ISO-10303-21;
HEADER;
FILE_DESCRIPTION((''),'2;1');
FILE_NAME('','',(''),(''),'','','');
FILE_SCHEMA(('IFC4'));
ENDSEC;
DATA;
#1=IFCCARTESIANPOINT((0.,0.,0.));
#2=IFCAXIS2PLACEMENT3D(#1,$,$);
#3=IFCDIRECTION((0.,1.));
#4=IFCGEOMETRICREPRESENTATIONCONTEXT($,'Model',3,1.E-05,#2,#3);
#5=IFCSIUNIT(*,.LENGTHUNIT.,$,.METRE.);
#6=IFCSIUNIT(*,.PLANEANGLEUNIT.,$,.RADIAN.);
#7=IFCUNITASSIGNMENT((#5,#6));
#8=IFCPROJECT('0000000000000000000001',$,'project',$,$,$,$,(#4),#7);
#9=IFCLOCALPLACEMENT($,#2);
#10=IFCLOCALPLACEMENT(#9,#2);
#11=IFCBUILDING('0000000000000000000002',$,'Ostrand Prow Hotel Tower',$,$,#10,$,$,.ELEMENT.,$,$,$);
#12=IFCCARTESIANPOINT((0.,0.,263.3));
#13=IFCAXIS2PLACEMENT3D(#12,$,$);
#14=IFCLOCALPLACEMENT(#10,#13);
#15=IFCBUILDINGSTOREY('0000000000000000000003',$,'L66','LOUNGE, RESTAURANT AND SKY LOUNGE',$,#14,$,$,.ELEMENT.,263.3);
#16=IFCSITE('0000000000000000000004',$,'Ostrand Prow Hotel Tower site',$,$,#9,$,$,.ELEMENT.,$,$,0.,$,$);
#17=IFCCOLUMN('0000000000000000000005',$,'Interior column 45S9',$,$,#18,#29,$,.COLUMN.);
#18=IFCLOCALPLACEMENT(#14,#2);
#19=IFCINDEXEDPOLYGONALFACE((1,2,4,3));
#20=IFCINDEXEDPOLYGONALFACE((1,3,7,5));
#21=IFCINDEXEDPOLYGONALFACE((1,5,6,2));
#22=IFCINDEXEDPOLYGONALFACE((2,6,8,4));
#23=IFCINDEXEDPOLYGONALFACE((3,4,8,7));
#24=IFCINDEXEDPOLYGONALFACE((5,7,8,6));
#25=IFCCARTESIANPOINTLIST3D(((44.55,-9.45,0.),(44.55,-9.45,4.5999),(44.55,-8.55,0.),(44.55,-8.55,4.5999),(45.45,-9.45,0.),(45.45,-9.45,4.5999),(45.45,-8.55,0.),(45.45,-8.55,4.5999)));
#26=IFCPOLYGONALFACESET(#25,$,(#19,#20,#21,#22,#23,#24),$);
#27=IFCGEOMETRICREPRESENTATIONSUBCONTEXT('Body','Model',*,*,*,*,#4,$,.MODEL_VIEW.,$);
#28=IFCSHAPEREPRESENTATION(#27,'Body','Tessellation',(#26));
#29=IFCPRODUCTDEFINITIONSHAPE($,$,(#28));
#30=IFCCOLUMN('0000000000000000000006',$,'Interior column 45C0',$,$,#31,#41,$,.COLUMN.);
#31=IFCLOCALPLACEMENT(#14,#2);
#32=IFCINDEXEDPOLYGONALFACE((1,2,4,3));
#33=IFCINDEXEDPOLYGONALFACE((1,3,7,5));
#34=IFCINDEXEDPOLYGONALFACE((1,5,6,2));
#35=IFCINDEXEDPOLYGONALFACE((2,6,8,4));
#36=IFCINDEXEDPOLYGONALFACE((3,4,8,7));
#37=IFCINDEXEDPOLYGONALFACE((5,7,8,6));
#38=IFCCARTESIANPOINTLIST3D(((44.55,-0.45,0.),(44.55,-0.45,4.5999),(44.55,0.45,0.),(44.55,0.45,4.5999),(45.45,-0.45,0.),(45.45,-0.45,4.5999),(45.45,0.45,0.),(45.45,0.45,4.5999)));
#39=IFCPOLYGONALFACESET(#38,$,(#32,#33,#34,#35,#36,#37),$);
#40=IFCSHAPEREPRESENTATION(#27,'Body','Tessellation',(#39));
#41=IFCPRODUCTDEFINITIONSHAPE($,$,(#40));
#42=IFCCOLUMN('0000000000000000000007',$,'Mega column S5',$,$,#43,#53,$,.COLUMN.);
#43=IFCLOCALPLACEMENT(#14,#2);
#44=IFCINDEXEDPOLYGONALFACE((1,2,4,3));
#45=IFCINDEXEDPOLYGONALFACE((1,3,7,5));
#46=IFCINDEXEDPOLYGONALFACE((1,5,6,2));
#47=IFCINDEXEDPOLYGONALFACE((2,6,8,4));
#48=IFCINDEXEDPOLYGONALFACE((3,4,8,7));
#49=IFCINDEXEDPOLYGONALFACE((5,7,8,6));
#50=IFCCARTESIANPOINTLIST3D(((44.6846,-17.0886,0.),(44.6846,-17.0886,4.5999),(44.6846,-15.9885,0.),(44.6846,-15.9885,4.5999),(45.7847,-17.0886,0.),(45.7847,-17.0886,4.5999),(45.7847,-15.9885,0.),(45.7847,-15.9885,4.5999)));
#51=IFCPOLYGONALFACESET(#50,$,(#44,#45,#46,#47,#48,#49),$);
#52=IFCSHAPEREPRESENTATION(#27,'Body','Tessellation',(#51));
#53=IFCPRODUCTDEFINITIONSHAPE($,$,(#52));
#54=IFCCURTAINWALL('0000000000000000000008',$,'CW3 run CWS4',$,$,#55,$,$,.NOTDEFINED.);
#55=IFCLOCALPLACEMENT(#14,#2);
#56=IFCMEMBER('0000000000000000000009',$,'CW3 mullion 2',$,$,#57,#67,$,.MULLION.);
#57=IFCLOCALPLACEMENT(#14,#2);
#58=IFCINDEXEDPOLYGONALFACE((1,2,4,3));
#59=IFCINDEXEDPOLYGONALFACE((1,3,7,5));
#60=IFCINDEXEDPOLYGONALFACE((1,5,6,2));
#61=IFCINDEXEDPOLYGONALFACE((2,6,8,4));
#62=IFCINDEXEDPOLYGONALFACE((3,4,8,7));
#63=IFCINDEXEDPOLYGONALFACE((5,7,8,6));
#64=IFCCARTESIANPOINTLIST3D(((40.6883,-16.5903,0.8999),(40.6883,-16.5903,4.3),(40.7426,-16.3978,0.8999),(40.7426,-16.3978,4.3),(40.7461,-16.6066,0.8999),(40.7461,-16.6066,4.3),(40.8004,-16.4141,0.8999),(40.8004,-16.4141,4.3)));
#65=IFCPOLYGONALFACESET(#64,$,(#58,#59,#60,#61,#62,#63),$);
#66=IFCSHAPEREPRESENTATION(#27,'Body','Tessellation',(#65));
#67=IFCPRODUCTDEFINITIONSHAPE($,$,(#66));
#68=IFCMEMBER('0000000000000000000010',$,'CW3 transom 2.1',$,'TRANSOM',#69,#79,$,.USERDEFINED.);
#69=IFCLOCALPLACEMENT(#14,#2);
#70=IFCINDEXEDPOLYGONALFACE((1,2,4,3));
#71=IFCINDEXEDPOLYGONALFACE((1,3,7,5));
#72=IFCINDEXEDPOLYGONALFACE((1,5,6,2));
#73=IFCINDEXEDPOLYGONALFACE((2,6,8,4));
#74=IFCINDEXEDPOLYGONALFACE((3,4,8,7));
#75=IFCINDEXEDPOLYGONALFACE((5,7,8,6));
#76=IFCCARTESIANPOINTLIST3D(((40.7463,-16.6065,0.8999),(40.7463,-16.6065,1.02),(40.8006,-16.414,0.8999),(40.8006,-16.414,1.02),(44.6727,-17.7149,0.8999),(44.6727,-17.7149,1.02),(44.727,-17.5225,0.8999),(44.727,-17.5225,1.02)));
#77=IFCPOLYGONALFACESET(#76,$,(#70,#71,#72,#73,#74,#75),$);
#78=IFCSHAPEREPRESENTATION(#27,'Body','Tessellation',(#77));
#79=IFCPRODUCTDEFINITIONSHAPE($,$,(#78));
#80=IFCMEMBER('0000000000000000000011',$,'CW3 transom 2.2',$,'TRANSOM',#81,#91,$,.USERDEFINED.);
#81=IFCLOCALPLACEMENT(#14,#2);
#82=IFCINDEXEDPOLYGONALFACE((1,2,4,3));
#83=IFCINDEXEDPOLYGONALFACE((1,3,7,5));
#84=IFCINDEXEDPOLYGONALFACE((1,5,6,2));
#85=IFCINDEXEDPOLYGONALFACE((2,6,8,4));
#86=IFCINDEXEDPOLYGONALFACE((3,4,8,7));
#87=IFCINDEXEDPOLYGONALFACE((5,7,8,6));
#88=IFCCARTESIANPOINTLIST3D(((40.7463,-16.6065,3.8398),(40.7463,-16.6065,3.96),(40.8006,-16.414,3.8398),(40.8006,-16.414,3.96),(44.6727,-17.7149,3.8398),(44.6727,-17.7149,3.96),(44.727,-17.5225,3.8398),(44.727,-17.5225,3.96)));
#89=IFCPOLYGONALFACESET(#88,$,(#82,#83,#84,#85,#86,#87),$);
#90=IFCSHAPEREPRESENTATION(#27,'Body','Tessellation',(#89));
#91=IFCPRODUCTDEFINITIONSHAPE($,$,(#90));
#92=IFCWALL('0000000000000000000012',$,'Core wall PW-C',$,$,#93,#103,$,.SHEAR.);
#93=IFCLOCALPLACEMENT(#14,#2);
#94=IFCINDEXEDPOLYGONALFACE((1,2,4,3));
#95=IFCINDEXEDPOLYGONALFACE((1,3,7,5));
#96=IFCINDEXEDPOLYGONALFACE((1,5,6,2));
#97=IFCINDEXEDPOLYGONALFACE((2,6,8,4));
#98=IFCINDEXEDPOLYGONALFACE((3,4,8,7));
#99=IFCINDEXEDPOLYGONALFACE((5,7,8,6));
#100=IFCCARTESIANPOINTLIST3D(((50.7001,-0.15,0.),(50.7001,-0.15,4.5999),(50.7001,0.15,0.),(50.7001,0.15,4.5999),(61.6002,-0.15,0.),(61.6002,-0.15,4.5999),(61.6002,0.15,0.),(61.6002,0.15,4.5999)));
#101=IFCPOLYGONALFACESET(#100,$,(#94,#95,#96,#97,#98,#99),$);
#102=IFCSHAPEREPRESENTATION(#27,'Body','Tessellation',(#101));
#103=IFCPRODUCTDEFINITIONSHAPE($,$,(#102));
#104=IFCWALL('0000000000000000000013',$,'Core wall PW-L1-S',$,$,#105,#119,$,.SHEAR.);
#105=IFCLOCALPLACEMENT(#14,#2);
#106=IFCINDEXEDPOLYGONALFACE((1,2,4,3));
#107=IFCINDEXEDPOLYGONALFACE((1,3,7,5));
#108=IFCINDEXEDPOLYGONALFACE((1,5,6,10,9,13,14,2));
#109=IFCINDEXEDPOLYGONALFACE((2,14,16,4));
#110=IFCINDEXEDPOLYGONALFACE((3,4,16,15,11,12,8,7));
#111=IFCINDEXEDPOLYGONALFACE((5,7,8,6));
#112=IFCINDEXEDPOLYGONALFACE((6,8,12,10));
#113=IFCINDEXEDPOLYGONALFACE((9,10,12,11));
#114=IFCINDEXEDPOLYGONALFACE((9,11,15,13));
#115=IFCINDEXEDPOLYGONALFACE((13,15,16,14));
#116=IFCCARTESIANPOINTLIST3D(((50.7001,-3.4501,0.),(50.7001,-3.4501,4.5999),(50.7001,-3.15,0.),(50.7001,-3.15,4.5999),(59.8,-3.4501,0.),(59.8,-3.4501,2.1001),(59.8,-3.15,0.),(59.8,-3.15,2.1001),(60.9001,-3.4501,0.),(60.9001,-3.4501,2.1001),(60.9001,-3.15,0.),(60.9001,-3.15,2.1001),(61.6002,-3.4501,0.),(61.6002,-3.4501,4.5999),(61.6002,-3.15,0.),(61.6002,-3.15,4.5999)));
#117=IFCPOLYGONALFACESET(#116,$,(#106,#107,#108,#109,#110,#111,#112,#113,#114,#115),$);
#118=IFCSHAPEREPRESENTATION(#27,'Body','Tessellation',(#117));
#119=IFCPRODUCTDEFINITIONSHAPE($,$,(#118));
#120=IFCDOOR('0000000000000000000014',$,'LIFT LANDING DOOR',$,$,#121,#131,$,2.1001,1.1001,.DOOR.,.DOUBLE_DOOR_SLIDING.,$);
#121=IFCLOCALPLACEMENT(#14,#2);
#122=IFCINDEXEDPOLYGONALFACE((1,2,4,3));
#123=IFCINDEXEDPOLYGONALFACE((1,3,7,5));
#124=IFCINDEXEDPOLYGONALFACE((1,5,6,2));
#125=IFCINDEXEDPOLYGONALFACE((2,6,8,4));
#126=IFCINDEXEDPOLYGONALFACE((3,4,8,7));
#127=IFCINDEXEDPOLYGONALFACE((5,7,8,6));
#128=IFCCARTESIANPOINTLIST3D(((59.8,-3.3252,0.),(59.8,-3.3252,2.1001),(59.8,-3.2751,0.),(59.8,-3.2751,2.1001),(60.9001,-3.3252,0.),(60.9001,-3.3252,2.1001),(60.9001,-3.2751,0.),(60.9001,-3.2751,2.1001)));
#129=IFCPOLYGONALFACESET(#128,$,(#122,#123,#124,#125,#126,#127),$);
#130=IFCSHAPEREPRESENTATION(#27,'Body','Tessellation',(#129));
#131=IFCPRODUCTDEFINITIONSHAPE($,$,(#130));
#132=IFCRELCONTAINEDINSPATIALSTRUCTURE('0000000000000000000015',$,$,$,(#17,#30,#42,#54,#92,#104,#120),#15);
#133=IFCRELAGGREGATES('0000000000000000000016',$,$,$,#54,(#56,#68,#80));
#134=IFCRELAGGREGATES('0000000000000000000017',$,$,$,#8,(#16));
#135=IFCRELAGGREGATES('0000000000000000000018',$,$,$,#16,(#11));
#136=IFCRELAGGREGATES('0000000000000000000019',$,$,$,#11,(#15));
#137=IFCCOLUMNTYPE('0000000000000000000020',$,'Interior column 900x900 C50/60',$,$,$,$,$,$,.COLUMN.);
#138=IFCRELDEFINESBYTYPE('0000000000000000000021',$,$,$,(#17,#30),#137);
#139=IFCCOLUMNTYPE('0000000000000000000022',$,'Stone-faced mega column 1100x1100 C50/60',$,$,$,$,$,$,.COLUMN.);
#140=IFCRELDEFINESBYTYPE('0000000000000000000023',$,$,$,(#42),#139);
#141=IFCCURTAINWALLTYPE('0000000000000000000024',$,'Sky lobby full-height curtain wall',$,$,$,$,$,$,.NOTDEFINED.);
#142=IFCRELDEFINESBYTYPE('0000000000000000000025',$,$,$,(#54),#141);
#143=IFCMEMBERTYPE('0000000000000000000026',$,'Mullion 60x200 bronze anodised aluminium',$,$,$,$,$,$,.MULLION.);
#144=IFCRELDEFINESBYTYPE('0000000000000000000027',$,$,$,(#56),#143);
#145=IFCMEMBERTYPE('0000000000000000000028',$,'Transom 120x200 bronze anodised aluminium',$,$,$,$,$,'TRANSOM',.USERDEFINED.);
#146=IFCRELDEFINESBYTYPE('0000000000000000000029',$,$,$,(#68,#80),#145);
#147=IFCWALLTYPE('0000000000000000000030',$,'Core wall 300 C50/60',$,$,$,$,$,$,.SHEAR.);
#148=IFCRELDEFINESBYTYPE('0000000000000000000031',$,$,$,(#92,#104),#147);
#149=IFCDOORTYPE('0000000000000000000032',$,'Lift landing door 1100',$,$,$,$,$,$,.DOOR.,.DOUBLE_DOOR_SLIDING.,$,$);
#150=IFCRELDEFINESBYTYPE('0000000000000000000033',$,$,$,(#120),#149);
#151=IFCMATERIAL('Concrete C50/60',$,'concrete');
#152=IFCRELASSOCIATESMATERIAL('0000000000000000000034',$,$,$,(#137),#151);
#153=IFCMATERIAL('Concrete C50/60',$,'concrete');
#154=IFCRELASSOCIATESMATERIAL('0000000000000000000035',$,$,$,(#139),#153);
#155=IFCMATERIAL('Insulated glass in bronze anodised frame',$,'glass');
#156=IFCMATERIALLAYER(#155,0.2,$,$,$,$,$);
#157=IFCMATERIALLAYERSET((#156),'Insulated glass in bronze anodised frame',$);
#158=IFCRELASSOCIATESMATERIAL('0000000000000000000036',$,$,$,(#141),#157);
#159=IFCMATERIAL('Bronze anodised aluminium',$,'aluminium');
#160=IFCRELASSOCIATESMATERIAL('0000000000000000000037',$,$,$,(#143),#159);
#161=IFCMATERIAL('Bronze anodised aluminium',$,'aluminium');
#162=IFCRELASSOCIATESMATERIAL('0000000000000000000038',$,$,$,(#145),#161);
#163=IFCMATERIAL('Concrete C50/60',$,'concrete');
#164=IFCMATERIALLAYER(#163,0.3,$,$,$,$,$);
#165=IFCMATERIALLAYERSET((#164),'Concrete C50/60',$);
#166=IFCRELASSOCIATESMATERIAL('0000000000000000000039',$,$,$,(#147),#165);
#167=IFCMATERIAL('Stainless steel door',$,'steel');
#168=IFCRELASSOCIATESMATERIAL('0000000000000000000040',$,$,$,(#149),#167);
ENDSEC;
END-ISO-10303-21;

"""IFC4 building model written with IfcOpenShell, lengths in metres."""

from ifc_helpers import new_model, si_unit, direction, frame, frame_2d, origin, origin_2d, place, context, subcontext, project, spatial, rectangle, extrude, material, layer, layer_set, material_profile, profile_set, type_object, element, fill, aggregate, save


model = new_model("IFC4")

# Units and contexts
model_context = context("Model", 3, precision=1e-05, world=origin(), true_north=direction((0.0, 1.0)))
body_context = subcontext(model_context, "Body", "Model", "MODEL_VIEW")
ifc_project = project(units=[si_unit("LENGTHUNIT", "METRE"), si_unit("PLANEANGLEUNIT", "RADIAN")], contexts=[model_context])

# Site, building, storey
site_placement = place(None, origin())
site = spatial("IfcSite", under=ifc_project, at=site_placement, Name="Ostrand Prow Hotel Tower site", CompositionType="ELEMENT", RefElevation=0.0)
building_placement = place(site_placement, origin())
building = spatial("IfcBuilding", under=site, at=building_placement, Name="Ostrand Prow Hotel Tower", CompositionType="ELEMENT")
storey_placement = place(building_placement, frame((0.0, 0.0, 263.3)))
storey = spatial("IfcBuildingStorey", under=building, at=storey_placement, Name="L66", Description="LOUNGE, RESTAURANT AND SKY LOUNGE", CompositionType="ELEMENT", Elevation=263.3)

# Columns
ifc_material_1 = material(Name="Concrete C50/60", Category="concrete")
ifc_material_profile_1 = material_profile(ifc_material_1, rectangle(XDim=0.8999, YDim=0.8999, at=origin_2d()), Name="RC 900x900")
ifc_profile_set_1 = profile_set([ifc_material_profile_1], Name="Concrete C50/60")
column_type_1 = type_object("IfcColumnType", Name="Interior column 900x900 C50/60", PredefinedType="COLUMN", material=ifc_profile_set_1)
for number, where, z_axis, x_axis, name in (
    (1, (45.0, -9.0, 0.0), (0.0, 0.0, 1.0), (1.0, 0.0, 0.0), "Interior column 45S9"),
    (2, (45.0, 0.0, 0.0), (0.0, 0.0, 1.0), (1.0, 0.0, 0.0), "Interior column 45C0"),
):
    element("IfcColumn", number, at=place(storey_placement, frame(where, z_axis=z_axis, x_axis=x_axis)), inside=storey, type_object=column_type_1, Name=name, PredefinedType="COLUMN", context=body_context, shape_type="SweptSolid", body=[
        extrude(rectangle(XDim=0.8999, YDim=0.8999, at=origin_2d()), origin(), (0.0, 0.0, 1.0), 4.5999),
    ])
ifc_material_2 = material(Name="Concrete C50/60", Category="concrete")
ifc_material_profile_2 = material_profile(ifc_material_2, rectangle(XDim=1.1001, YDim=1.1001, at=origin_2d()), Name="RC 1100x1100")
ifc_profile_set_2 = profile_set([ifc_material_profile_2], Name="Concrete C50/60")
column_type_2 = type_object("IfcColumnType", Name="Stone-faced mega column 1100x1100 C50/60", PredefinedType="COLUMN", material=ifc_profile_set_2)
column_placement = place(storey_placement, frame((45.2346, -16.5386, 0.0), z_axis=(0.0, 0.0, 1.0), x_axis=(1.0, 0.0, 0.0)))
element("IfcColumn", 3, at=column_placement, inside=storey, type_object=column_type_2, Name="Mega column S5", PredefinedType="COLUMN", context=body_context, shape_type="SweptSolid", body=[
    extrude(rectangle(XDim=1.1001, YDim=1.1001, at=origin_2d()), origin(), (0.0, 0.0, 1.0), 4.5999),
])

# Curtain wall, members
ifc_material_3 = material(Name="Insulated glass in bronze anodised frame", Category="glass")
ifc_layer_1 = layer(ifc_material_3, 0.2)
ifc_layer_set_1 = layer_set([ifc_layer_1], Name="Insulated glass in bronze anodised frame")
curtain_wall_type = type_object("IfcCurtainWallType", Name="Sky lobby full-height curtain wall", PredefinedType="NOTDEFINED", material=ifc_layer_set_1)
curtain_wall_placement = place(storey_placement, origin())
curtain_wall = element("IfcCurtainWall", 4, at=curtain_wall_placement, inside=storey, type_object=curtain_wall_type, Name="CW3 run CWS4", PredefinedType="NOTDEFINED")
ifc_material_4 = material(Name="Bronze anodised aluminium", Category="aluminium")
ifc_material_profile_3 = material_profile(ifc_material_4, rectangle(XDim=0.2, YDim=0.0601, at=origin_2d()), Name="Mullion 60x200 bronze anodised aluminium")
ifc_profile_set_3 = profile_set([ifc_material_profile_3], Name="Bronze anodised aluminium")
member_type_1 = type_object("IfcMemberType", Name="Mullion 60x200 bronze anodised aluminium", PredefinedType="MULLION", material=ifc_profile_set_3)
member_1_placement = place(storey_placement, frame((40.7444, -16.5022, 0.8999), z_axis=(0.0, 0.0, 1.0), x_axis=(0.271649, 0.962396, 0.0)))
member_1 = element("IfcMember", 5, at=member_1_placement, type_object=member_type_1, Name="CW3 mullion 2", PredefinedType="MULLION", context=body_context, shape_type="SweptSolid", body=[
    extrude(rectangle(XDim=0.2, YDim=0.0601, at=origin_2d()), origin(), (0.0, 0.0, 1.0), 3.4001),
])
ifc_material_5 = material(Name="Bronze anodised aluminium", Category="aluminium")
ifc_material_profile_4 = material_profile(ifc_material_5, rectangle(XDim=0.2, YDim=0.1201, at=origin_2d()), Name="Transom 120x200 bronze anodised aluminium")
ifc_profile_set_4 = profile_set([ifc_material_profile_4], Name="Bronze anodised aluminium")
member_type_2 = type_object("IfcMemberType", Name="Transom 120x200 bronze anodised aluminium", ElementType="TRANSOM", PredefinedType="USERDEFINED", material=ifc_profile_set_4)
member_2_placement = place(storey_placement, frame((40.7734, -16.5103, 0.96), z_axis=(0.962386, -0.271685, 0.0), x_axis=(0.271685, 0.962386, 0.0)))
member_2 = element("IfcMember", 6, at=member_2_placement, type_object=member_type_2, Name="CW3 transom 2.1", ObjectType="TRANSOM", PredefinedType="USERDEFINED", context=body_context, shape_type="SweptSolid", body=[
    extrude(rectangle(XDim=0.2, YDim=0.1201, at=origin_2d()), origin(), (0.0, 0.0, 1.0), 4.0798),
])
member_3_placement = place(storey_placement, frame((40.7734, -16.5103, 3.8999), z_axis=(0.962386, -0.271685, 0.0), x_axis=(0.271685, 0.962386, 0.0)))
member_3 = element("IfcMember", 7, at=member_3_placement, type_object=member_type_2, Name="CW3 transom 2.2", ObjectType="TRANSOM", PredefinedType="USERDEFINED", context=body_context, shape_type="SweptSolid", body=[
    extrude(rectangle(XDim=0.2, YDim=0.1201, at=origin_2d()), origin(), (0.0, 0.0, 1.0), 4.0798),
])
aggregate(curtain_wall, [member_1, member_2, member_3])

# Wall
ifc_material_6 = material(Name="Concrete C50/60", Category="concrete")
ifc_layer_2 = layer(ifc_material_6, 0.3)
ifc_layer_set_2 = layer_set([ifc_layer_2], Name="Concrete C50/60")
wall_type_1 = type_object("IfcWallType", Name="Core wall 300 C50/60", PredefinedType="SHEAR", material=ifc_layer_set_2)
wall_1_placement = place(storey_placement, frame((50.7, 0.0, 0.0), z_axis=(0.0, 0.0, 1.0), x_axis=(1.0, 0.0, 0.0)))
element("IfcWall", 8, at=wall_1_placement, inside=storey, type_object=wall_type_1, Name="Core wall PW-C", PredefinedType="SHEAR", context=body_context, shape_type="SweptSolid", body=[
    extrude(rectangle(XDim=10.9001, YDim=0.3, at=frame_2d((5.4502, 0.0))), origin(), (0.0, 0.0, 1.0), 4.5999),
])

# Wall, opening, door
wall_2_placement = place(storey_placement, frame((50.7, -3.3, 0.0), z_axis=(0.0, 0.0, 1.0), x_axis=(1.0, 0.0, 0.0)))
wall_2 = element("IfcWall", 9, at=wall_2_placement, inside=storey, type_object=wall_type_1, Name="Core wall PW-L1-S", PredefinedType="SHEAR", context=body_context, shape_type="SweptSolid", body=[
    extrude(rectangle(XDim=10.9001, YDim=0.3, at=frame_2d((5.4502, 0.0))), origin(), (0.0, 0.0, 1.0), 4.5999),
])
opening_1_placement = place(wall_2_placement, frame((9.1001, 0.0, 0.0)))
opening_1 = element("IfcOpeningElement", 10, at=opening_1_placement, cuts=wall_2, PredefinedType="OPENING", context=body_context, shape_type="SweptSolid", body=[
    extrude(rectangle(XDim=1.1001, YDim=2.1001, at=frame_2d((0.55, 1.05))), frame((0.0, 0.1599, 0.0), z_axis=(0.0, -1.0, 0.0), x_axis=(1.0, 0.0, 0.0)), (0.0, 0.0, 1.0), 0.3201),
])
ifc_material_7 = material(Name="Stainless steel door", Category="steel")
door_type_1 = type_object("IfcDoorType", Name="Lift landing door 1100", OperationType="DOUBLE_DOOR_SLIDING", PredefinedType="DOOR", material=ifc_material_7)
door_1_placement = place(opening_1_placement, origin())
door_1 = element("IfcDoor", 11, at=door_1_placement, inside=storey, type_object=door_type_1, Name="LIFT LANDING DOOR", OperationType="DOUBLE_DOOR_SLIDING", OverallHeight=2.1001, OverallWidth=1.1001, PredefinedType="DOOR", context=body_context, shape_type="SweptSolid", body=[
    extrude(rectangle(XDim=1.1001, YDim=2.1001, at=frame_2d((0.55, 1.05))), frame((0.0, 0.0249, 0.0), z_axis=(0.0, -1.0, 0.0), x_axis=(1.0, 0.0, 0.0)), (0.0, 0.0, 1.0), 0.05),
])
fill(opening_1, door_1)

save(model, "model.ifc")
